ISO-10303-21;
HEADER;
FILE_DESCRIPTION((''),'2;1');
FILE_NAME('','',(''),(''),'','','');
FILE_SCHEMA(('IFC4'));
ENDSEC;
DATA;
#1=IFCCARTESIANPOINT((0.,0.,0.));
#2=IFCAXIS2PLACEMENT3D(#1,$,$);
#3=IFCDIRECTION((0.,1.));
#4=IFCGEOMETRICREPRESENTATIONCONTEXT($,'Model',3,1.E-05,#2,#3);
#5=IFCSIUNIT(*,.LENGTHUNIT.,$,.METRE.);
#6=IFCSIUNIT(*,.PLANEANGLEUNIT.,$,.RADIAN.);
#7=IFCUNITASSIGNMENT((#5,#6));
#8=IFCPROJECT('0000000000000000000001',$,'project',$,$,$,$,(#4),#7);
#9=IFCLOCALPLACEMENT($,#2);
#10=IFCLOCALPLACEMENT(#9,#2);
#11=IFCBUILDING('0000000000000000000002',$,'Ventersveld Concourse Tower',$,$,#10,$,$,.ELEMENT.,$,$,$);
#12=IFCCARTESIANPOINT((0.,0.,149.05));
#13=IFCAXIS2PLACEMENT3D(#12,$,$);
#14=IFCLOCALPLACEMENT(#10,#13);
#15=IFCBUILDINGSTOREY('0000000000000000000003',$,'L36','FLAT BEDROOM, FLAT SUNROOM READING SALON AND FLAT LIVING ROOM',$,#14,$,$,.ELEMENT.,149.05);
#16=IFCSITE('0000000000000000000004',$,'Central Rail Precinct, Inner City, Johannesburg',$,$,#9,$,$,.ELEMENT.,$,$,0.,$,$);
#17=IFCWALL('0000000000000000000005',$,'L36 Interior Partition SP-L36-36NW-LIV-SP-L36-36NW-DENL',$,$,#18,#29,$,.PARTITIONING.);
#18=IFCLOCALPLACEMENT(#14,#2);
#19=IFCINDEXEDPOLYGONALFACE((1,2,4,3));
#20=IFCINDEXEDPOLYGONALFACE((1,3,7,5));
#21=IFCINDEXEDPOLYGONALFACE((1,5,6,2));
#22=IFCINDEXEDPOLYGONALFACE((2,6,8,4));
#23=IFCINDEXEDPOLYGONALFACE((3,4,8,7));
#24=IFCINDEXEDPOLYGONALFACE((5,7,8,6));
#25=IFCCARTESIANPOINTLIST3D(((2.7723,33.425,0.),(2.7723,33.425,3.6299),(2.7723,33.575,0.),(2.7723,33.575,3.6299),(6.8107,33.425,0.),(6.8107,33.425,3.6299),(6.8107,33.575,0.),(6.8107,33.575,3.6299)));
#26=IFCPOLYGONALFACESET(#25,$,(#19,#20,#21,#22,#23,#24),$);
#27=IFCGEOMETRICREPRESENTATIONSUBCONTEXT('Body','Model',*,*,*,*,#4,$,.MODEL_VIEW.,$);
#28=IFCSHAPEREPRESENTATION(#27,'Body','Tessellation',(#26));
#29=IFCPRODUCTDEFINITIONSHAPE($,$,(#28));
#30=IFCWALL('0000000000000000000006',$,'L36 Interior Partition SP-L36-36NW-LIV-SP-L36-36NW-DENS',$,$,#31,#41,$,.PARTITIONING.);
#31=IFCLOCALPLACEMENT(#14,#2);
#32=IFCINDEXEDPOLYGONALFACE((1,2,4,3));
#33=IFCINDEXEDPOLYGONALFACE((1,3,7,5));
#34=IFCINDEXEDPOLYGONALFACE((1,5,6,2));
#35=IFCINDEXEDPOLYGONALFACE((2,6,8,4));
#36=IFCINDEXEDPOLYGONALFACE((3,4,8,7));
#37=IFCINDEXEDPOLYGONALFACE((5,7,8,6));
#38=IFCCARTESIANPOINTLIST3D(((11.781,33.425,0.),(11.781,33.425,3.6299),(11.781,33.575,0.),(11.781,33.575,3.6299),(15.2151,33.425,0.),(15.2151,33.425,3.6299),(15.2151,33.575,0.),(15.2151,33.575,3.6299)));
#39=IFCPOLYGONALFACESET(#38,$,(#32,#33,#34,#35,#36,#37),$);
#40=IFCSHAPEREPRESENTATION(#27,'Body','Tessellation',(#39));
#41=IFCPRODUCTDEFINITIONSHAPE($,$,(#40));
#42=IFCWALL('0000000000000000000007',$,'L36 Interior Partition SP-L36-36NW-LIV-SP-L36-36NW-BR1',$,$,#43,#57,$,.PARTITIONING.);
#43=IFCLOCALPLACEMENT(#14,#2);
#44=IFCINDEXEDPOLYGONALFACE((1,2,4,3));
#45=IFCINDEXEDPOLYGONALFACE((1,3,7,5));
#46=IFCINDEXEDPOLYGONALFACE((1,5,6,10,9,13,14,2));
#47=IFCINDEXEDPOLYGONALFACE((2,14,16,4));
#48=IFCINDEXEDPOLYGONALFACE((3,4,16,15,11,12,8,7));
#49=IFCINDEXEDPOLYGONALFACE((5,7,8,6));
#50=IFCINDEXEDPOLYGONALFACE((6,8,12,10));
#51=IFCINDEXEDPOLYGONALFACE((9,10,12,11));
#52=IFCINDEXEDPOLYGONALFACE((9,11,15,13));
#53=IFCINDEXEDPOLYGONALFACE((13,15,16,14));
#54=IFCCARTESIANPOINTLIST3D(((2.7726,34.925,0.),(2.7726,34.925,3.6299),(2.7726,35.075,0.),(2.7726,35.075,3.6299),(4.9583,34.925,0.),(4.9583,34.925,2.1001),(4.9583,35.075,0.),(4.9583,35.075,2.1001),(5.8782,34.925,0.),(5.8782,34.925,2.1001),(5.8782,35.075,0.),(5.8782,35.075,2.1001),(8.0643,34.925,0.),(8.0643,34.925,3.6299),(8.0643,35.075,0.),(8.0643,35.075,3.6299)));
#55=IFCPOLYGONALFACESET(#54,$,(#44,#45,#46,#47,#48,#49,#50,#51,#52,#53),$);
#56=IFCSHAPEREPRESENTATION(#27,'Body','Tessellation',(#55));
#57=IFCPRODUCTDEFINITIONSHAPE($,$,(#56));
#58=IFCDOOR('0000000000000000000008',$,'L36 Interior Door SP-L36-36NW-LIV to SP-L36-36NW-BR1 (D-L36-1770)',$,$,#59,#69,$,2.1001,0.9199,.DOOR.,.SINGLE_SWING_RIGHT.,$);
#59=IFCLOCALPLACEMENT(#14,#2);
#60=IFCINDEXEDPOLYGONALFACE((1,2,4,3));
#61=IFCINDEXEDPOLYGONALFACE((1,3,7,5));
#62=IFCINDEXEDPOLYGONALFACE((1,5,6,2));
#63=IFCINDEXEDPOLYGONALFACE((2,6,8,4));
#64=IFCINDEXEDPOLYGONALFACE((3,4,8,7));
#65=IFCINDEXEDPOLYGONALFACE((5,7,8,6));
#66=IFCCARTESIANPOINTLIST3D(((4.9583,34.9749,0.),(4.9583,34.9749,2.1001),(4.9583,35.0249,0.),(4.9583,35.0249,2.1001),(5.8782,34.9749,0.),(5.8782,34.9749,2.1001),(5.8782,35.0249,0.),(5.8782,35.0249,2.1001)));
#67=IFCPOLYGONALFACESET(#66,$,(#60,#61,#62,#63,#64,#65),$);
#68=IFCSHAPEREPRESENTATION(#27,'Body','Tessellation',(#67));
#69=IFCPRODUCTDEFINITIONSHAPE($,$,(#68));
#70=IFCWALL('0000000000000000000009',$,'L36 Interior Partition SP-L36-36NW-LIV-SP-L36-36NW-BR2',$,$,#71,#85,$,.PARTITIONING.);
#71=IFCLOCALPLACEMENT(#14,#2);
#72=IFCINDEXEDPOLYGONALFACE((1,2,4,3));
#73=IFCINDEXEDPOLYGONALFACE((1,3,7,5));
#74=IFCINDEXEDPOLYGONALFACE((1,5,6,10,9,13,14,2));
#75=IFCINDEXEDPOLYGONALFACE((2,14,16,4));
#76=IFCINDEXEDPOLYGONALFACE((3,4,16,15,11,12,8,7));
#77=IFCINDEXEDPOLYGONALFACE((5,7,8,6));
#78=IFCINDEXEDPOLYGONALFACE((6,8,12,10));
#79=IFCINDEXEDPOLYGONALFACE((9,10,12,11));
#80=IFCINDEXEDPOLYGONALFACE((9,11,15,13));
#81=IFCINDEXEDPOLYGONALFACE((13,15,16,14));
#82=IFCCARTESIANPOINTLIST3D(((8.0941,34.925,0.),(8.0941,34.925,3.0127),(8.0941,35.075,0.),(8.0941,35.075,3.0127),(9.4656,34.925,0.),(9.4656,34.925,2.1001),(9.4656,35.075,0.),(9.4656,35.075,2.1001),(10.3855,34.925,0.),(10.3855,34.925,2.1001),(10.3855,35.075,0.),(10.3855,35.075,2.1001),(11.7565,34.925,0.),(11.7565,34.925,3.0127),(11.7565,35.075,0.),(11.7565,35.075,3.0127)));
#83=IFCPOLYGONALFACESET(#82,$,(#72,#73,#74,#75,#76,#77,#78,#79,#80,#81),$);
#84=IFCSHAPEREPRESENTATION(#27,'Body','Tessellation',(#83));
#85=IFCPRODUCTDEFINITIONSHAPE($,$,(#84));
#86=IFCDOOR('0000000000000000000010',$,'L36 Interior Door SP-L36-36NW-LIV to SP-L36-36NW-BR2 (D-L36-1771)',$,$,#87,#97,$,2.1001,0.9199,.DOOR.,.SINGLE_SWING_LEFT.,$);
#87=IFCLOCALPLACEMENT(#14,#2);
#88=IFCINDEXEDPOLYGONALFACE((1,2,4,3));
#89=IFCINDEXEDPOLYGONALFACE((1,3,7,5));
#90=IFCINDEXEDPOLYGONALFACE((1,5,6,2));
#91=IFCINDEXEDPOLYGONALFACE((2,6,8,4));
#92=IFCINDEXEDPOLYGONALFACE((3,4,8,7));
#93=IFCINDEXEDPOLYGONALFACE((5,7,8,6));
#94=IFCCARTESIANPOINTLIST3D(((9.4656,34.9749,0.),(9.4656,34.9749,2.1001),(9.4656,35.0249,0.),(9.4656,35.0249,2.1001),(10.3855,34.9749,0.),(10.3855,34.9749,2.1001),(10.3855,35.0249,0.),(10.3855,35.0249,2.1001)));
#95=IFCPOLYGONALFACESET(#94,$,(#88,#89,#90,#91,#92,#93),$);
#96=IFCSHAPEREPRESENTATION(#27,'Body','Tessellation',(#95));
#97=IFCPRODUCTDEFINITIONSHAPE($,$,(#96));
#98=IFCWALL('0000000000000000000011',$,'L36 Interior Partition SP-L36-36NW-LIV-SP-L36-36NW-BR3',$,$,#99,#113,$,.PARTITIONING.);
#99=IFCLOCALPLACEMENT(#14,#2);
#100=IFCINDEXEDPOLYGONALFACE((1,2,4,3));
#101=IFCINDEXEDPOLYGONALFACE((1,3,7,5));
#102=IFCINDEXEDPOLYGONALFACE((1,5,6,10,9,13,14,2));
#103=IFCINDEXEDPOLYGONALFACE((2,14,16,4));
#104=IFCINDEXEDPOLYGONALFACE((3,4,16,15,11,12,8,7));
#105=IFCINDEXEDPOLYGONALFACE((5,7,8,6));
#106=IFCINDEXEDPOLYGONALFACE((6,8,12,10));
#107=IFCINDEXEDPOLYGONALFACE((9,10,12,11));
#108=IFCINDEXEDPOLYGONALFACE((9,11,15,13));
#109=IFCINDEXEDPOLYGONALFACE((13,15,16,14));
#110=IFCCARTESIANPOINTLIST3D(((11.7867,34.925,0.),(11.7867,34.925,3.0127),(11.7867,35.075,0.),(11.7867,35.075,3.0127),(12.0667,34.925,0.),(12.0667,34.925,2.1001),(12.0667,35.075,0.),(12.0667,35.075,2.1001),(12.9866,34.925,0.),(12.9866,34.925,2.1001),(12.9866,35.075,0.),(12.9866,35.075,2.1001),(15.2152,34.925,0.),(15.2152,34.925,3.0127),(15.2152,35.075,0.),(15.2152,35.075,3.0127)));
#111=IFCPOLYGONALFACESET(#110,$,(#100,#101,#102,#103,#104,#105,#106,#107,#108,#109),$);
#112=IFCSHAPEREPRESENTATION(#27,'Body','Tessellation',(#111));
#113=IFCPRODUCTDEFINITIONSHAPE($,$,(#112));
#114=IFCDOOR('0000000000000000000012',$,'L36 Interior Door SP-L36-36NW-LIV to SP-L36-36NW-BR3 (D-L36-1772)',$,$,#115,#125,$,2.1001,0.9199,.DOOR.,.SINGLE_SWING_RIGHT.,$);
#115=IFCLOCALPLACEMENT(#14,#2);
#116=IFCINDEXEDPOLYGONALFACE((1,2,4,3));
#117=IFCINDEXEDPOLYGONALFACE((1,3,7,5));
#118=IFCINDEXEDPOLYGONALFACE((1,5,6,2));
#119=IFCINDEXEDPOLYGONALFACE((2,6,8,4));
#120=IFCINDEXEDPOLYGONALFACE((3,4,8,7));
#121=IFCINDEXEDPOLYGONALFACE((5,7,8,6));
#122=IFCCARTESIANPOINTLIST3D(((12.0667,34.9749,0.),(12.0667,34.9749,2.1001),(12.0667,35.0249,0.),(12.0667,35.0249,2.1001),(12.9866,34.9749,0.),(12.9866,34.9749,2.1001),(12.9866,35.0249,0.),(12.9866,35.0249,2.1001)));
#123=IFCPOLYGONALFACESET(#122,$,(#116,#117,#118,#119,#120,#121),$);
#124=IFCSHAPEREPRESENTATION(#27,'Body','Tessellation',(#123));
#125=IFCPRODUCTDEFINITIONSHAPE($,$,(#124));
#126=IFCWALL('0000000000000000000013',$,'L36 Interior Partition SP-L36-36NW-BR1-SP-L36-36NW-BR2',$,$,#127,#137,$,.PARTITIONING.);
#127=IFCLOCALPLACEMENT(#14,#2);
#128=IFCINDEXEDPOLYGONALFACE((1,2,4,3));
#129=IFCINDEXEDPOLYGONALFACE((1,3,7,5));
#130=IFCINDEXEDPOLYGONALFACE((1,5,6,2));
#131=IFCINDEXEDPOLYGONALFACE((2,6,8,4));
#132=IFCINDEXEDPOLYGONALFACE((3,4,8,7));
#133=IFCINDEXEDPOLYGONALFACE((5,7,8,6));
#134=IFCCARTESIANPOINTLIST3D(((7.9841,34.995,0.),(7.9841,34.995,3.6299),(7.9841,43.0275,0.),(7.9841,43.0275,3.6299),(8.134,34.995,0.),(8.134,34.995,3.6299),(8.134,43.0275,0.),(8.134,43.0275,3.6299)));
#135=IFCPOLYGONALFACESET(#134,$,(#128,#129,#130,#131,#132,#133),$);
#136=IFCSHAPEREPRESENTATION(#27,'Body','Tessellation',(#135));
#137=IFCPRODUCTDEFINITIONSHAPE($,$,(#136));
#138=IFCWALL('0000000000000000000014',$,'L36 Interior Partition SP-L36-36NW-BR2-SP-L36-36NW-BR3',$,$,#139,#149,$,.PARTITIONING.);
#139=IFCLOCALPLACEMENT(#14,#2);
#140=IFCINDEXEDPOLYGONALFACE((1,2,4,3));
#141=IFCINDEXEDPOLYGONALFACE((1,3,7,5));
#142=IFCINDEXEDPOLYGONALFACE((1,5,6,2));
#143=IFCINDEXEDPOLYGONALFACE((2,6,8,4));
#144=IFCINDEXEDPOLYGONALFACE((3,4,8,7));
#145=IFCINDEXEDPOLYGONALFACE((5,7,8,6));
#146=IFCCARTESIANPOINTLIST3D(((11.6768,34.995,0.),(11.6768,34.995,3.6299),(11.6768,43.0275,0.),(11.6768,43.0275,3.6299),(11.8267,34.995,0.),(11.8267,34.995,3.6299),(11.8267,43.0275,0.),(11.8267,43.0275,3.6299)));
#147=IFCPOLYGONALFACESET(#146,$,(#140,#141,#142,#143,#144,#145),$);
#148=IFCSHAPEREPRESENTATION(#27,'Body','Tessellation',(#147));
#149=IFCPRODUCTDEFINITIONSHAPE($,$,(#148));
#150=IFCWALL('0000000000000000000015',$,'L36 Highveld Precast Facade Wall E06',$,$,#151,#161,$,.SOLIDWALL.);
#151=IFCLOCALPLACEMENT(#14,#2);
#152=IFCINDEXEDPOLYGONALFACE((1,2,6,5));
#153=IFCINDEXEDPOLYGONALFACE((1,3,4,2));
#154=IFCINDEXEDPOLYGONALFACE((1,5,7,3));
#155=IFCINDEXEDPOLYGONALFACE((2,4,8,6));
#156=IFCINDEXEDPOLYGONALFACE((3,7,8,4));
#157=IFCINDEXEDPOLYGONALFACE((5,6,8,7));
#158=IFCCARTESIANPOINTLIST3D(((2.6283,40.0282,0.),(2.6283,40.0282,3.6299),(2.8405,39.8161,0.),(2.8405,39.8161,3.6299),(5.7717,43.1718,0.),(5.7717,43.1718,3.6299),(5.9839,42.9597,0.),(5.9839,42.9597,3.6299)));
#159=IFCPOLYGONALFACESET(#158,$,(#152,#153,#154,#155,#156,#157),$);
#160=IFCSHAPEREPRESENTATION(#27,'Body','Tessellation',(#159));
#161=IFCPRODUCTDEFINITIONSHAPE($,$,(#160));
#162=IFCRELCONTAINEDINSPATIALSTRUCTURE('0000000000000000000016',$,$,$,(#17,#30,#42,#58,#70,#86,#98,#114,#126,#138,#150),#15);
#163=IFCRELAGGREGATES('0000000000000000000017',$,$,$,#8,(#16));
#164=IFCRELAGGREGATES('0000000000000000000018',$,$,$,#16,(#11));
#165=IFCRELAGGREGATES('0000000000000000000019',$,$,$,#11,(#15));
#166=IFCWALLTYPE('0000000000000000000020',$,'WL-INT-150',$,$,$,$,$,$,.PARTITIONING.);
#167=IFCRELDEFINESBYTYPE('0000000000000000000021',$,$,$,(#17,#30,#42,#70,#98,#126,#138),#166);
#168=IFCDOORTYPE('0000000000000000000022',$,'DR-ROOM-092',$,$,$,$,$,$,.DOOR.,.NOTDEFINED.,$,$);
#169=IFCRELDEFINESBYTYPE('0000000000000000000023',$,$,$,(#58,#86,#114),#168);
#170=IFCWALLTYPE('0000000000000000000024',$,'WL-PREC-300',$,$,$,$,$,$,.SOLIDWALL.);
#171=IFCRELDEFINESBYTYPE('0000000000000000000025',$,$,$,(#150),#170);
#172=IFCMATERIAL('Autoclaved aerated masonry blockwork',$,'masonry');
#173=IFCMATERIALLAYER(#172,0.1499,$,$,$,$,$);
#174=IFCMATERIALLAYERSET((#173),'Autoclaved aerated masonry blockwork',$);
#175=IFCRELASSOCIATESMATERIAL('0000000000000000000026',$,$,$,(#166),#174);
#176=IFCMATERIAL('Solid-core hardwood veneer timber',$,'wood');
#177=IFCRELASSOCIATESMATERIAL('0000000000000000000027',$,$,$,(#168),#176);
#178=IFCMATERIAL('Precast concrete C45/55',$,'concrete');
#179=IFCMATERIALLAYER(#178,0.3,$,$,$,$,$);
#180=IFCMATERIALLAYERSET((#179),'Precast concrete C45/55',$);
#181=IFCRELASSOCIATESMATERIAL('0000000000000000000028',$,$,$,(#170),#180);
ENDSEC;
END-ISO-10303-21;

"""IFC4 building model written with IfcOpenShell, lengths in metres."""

from ifc_helpers import new_model, si_unit, direction, frame, frame_2d, origin, place, context, subcontext, project, spatial, rectangle, extrude, material, layer, layer_set, type_object, element, fill, save


model = new_model("IFC4")

# Units and contexts
model_context = context("Model", 3, precision=1e-05, world=origin(), true_north=direction((0.0, 1.0)))
body_context = subcontext(model_context, "Body", "Model", "MODEL_VIEW")
ifc_project = project(units=[si_unit("LENGTHUNIT", "METRE"), si_unit("PLANEANGLEUNIT", "RADIAN")], contexts=[model_context])

# Site, building, storey
site_placement = place(None, origin())
site = spatial("IfcSite", under=ifc_project, at=site_placement, Name="Central Rail Precinct, Inner City, Johannesburg", CompositionType="ELEMENT", RefElevation=0.0)
building_placement = place(site_placement, origin())
building = spatial("IfcBuilding", under=site, at=building_placement, Name="Ventersveld Concourse Tower", CompositionType="ELEMENT")
storey_placement = place(building_placement, frame((0.0, 0.0, 149.05)))
storey = spatial("IfcBuildingStorey", under=building, at=storey_placement, Name="L36", Description="FLAT BEDROOM, FLAT SUNROOM READING SALON AND FLAT LIVING ROOM", CompositionType="ELEMENT", Elevation=149.05)

# Walls
ifc_material_1 = material(Name="Autoclaved aerated masonry blockwork", Category="masonry")
ifc_layer_1 = layer(ifc_material_1, 0.1499)
ifc_layer_set_1 = layer_set([ifc_layer_1], Name="Autoclaved aerated masonry blockwork")
wall_type_1 = type_object("IfcWallType", Name="WL-INT-150", PredefinedType="PARTITIONING", material=ifc_layer_set_1)
wall_1_placement = place(storey_placement, frame((2.7725, 33.5, 0.0), z_axis=(0.0, 0.0, 1.0), x_axis=(1.0, 0.0, 0.0)))
element("IfcWall", 1, at=wall_1_placement, inside=storey, type_object=wall_type_1, Name="L36 Interior Partition SP-L36-36NW-LIV-SP-L36-36NW-DENL", PredefinedType="PARTITIONING", context=body_context, shape_type="SweptSolid", body=[
    extrude(rectangle(XDim=4.0383, YDim=0.1499, at=frame_2d((2.019, 0.0))), origin(), (0.0, 0.0, 1.0), 3.6299),
])
wall_2_placement = place(storey_placement, frame((11.781, 33.5, 0.0), z_axis=(0.0, 0.0, 1.0), x_axis=(1.0, 0.0, 0.0)))
element("IfcWall", 2, at=wall_2_placement, inside=storey, type_object=wall_type_1, Name="L36 Interior Partition SP-L36-36NW-LIV-SP-L36-36NW-DENS", PredefinedType="PARTITIONING", context=body_context, shape_type="SweptSolid", body=[
    extrude(rectangle(XDim=3.4341, YDim=0.1499, at=frame_2d((1.717, 0.0))), origin(), (0.0, 0.0, 1.0), 3.6299),
])

# Walls, openings, doors
wall_3_placement = place(storey_placement, frame((2.7725, 35.0, 0.0), z_axis=(0.0, 0.0, 1.0), x_axis=(1.0, 0.0, 0.0)))
wall_3 = element("IfcWall", 3, at=wall_3_placement, inside=storey, type_object=wall_type_1, Name="L36 Interior Partition SP-L36-36NW-LIV-SP-L36-36NW-BR1", PredefinedType="PARTITIONING", context=body_context, shape_type="SweptSolid", body=[
    extrude(rectangle(XDim=5.2917, YDim=0.1499, at=frame_2d((2.646, 0.0))), origin(), (0.0, 0.0, 1.0), 3.6299),
])
opening_1_placement = place(wall_3_placement, frame((2.1858, 0.0, 0.0)))
opening_1 = element("IfcOpeningElement", 4, at=opening_1_placement, cuts=wall_3, PredefinedType="OPENING", context=body_context, shape_type="SweptSolid", body=[
    extrude(rectangle(XDim=0.9199, YDim=2.1001, at=frame_2d((0.46, 1.05))), frame((0.0, 0.085, 0.0), z_axis=(0.0, -1.0, 0.0), x_axis=(1.0, 0.0, 0.0)), (0.0, 0.0, 1.0), 0.1699),
])
ifc_material_2 = material(Name="Solid-core hardwood veneer timber", Category="wood")
door_type = type_object("IfcDoorType", Name="DR-ROOM-092", OperationType="NOTDEFINED", PredefinedType="DOOR", material=ifc_material_2)
door_1_placement = place(opening_1_placement, origin())
door_1 = element("IfcDoor", 5, at=door_1_placement, inside=storey, type_object=door_type, Name="L36 Interior Door SP-L36-36NW-LIV to SP-L36-36NW-BR1 (D-L36-1770)", OperationType="SINGLE_SWING_RIGHT", OverallHeight=2.1001, OverallWidth=0.9199, PredefinedType="DOOR", context=body_context, shape_type="SweptSolid", body=[
    extrude(rectangle(XDim=0.9199, YDim=2.1001, at=frame_2d((0.46, 1.05))), frame((0.0, 0.0249, 0.0), z_axis=(0.0, -1.0, 0.0), x_axis=(1.0, 0.0, 0.0)), (0.0, 0.0, 1.0), 0.05),
])
fill(opening_1, door_1)
wall_4_placement = place(storey_placement, frame((8.0942, 35.0, 0.0), z_axis=(0.0, 0.0, 1.0), x_axis=(1.0, 0.0, 0.0)))
wall_4 = element("IfcWall", 6, at=wall_4_placement, inside=storey, type_object=wall_type_1, Name="L36 Interior Partition SP-L36-36NW-LIV-SP-L36-36NW-BR2", PredefinedType="PARTITIONING", context=body_context, shape_type="SweptSolid", body=[
    extrude(rectangle(XDim=3.6624, YDim=0.1499, at=frame_2d((1.8311, 0.0))), origin(), (0.0, 0.0, 1.0), 3.0127),
])
opening_2_placement = place(wall_4_placement, frame((1.3713, 0.0, 0.0)))
opening_2 = element("IfcOpeningElement", 7, at=opening_2_placement, cuts=wall_4, PredefinedType="OPENING", context=body_context, shape_type="SweptSolid", body=[
    extrude(rectangle(XDim=0.9199, YDim=2.1001, at=frame_2d((0.46, 1.05))), frame((0.0, 0.085, 0.0), z_axis=(0.0, -1.0, 0.0), x_axis=(1.0, 0.0, 0.0)), (0.0, 0.0, 1.0), 0.1699),
])
door_2_placement = place(opening_2_placement, origin())
door_2 = element("IfcDoor", 8, at=door_2_placement, inside=storey, type_object=door_type, Name="L36 Interior Door SP-L36-36NW-LIV to SP-L36-36NW-BR2 (D-L36-1771)", OperationType="SINGLE_SWING_LEFT", OverallHeight=2.1001, OverallWidth=0.9199, PredefinedType="DOOR", context=body_context, shape_type="SweptSolid", body=[
    extrude(rectangle(XDim=0.9199, YDim=2.1001, at=frame_2d((0.46, 1.05))), frame((0.0, 0.0249, 0.0), z_axis=(0.0, -1.0, 0.0), x_axis=(1.0, 0.0, 0.0)), (0.0, 0.0, 1.0), 0.05),
])
fill(opening_2, door_2)
wall_5_placement = place(storey_placement, frame((11.7866, 35.0, 0.0), z_axis=(0.0, 0.0, 1.0), x_axis=(1.0, 0.0, 0.0)))
wall_5 = element("IfcWall", 9, at=wall_5_placement, inside=storey, type_object=wall_type_1, Name="L36 Interior Partition SP-L36-36NW-LIV-SP-L36-36NW-BR3", PredefinedType="PARTITIONING", context=body_context, shape_type="SweptSolid", body=[
    extrude(rectangle(XDim=3.4285, YDim=0.1499, at=frame_2d((1.7144, 0.0))), origin(), (0.0, 0.0, 1.0), 3.0127),
])
opening_3_placement = place(wall_5_placement, frame((0.28, 0.0, 0.0)))
opening_3 = element("IfcOpeningElement", 10, at=opening_3_placement, cuts=wall_5, PredefinedType="OPENING", context=body_context, shape_type="SweptSolid", body=[
    extrude(rectangle(XDim=0.9199, YDim=2.1001, at=frame_2d((0.46, 1.05))), frame((0.0, 0.085, 0.0), z_axis=(0.0, -1.0, 0.0), x_axis=(1.0, 0.0, 0.0)), (0.0, 0.0, 1.0), 0.1699),
])
door_3_placement = place(opening_3_placement, origin())
door_3 = element("IfcDoor", 11, at=door_3_placement, inside=storey, type_object=door_type, Name="L36 Interior Door SP-L36-36NW-LIV to SP-L36-36NW-BR3 (D-L36-1772)", OperationType="SINGLE_SWING_RIGHT", OverallHeight=2.1001, OverallWidth=0.9199, PredefinedType="DOOR", context=body_context, shape_type="SweptSolid", body=[
    extrude(rectangle(XDim=0.9199, YDim=2.1001, at=frame_2d((0.46, 1.05))), frame((0.0, 0.0249, 0.0), z_axis=(0.0, -1.0, 0.0), x_axis=(1.0, 0.0, 0.0)), (0.0, 0.0, 1.0), 0.05),
])
fill(opening_3, door_3)

# Walls
for number, where, z_axis, x_axis, name in (
    (12, (8.0591, 34.9951, 0.0), (0.0, 0.0, 1.0), (0.0, 1.0, 0.0), "L36 Interior Partition SP-L36-36NW-BR1-SP-L36-36NW-BR2"),
    (13, (11.7517, 34.9951, 0.0), (0.0, 0.0, 1.0), (0.0, 1.0, 0.0), "L36 Interior Partition SP-L36-36NW-BR2-SP-L36-36NW-BR3"),
):
    element("IfcWall", number, at=place(storey_placement, frame(where, z_axis=z_axis, x_axis=x_axis)), inside=storey, type_object=wall_type_1, Name=name, PredefinedType="PARTITIONING", context=body_context, shape_type="SweptSolid", body=[
        extrude(rectangle(XDim=8.0325, YDim=0.1499, at=frame_2d((4.0161, 0.0))), origin(), (0.0, 0.0, 1.0), 3.6299),
    ])
ifc_material_3 = material(Name="Precast concrete C45/55", Category="concrete")
ifc_layer_2 = layer(ifc_material_3, 0.3)
ifc_layer_set_2 = layer_set([ifc_layer_2], Name="Precast concrete C45/55")
wall_type_2 = type_object("IfcWallType", Name="WL-PREC-300", PredefinedType="SOLIDWALL", material=ifc_layer_set_2)
wall_6_placement = place(storey_placement, frame((5.8777, 43.0657, 0.0), z_axis=(0.0, 0.0, 1.0), x_axis=(-0.707079, -0.707134, 0.0)))
element("IfcWall", 14, at=wall_6_placement, inside=storey, type_object=wall_type_2, Name="L36 Highveld Precast Facade Wall E06", PredefinedType="SOLIDWALL", context=body_context, shape_type="SweptSolid", body=[
    extrude(rectangle(XDim=4.4456, YDim=0.3, at=frame_2d((2.2227, 0.0))), origin(), (0.0, 0.0, 1.0), 3.6299),
])

save(model, "model.ifc")
